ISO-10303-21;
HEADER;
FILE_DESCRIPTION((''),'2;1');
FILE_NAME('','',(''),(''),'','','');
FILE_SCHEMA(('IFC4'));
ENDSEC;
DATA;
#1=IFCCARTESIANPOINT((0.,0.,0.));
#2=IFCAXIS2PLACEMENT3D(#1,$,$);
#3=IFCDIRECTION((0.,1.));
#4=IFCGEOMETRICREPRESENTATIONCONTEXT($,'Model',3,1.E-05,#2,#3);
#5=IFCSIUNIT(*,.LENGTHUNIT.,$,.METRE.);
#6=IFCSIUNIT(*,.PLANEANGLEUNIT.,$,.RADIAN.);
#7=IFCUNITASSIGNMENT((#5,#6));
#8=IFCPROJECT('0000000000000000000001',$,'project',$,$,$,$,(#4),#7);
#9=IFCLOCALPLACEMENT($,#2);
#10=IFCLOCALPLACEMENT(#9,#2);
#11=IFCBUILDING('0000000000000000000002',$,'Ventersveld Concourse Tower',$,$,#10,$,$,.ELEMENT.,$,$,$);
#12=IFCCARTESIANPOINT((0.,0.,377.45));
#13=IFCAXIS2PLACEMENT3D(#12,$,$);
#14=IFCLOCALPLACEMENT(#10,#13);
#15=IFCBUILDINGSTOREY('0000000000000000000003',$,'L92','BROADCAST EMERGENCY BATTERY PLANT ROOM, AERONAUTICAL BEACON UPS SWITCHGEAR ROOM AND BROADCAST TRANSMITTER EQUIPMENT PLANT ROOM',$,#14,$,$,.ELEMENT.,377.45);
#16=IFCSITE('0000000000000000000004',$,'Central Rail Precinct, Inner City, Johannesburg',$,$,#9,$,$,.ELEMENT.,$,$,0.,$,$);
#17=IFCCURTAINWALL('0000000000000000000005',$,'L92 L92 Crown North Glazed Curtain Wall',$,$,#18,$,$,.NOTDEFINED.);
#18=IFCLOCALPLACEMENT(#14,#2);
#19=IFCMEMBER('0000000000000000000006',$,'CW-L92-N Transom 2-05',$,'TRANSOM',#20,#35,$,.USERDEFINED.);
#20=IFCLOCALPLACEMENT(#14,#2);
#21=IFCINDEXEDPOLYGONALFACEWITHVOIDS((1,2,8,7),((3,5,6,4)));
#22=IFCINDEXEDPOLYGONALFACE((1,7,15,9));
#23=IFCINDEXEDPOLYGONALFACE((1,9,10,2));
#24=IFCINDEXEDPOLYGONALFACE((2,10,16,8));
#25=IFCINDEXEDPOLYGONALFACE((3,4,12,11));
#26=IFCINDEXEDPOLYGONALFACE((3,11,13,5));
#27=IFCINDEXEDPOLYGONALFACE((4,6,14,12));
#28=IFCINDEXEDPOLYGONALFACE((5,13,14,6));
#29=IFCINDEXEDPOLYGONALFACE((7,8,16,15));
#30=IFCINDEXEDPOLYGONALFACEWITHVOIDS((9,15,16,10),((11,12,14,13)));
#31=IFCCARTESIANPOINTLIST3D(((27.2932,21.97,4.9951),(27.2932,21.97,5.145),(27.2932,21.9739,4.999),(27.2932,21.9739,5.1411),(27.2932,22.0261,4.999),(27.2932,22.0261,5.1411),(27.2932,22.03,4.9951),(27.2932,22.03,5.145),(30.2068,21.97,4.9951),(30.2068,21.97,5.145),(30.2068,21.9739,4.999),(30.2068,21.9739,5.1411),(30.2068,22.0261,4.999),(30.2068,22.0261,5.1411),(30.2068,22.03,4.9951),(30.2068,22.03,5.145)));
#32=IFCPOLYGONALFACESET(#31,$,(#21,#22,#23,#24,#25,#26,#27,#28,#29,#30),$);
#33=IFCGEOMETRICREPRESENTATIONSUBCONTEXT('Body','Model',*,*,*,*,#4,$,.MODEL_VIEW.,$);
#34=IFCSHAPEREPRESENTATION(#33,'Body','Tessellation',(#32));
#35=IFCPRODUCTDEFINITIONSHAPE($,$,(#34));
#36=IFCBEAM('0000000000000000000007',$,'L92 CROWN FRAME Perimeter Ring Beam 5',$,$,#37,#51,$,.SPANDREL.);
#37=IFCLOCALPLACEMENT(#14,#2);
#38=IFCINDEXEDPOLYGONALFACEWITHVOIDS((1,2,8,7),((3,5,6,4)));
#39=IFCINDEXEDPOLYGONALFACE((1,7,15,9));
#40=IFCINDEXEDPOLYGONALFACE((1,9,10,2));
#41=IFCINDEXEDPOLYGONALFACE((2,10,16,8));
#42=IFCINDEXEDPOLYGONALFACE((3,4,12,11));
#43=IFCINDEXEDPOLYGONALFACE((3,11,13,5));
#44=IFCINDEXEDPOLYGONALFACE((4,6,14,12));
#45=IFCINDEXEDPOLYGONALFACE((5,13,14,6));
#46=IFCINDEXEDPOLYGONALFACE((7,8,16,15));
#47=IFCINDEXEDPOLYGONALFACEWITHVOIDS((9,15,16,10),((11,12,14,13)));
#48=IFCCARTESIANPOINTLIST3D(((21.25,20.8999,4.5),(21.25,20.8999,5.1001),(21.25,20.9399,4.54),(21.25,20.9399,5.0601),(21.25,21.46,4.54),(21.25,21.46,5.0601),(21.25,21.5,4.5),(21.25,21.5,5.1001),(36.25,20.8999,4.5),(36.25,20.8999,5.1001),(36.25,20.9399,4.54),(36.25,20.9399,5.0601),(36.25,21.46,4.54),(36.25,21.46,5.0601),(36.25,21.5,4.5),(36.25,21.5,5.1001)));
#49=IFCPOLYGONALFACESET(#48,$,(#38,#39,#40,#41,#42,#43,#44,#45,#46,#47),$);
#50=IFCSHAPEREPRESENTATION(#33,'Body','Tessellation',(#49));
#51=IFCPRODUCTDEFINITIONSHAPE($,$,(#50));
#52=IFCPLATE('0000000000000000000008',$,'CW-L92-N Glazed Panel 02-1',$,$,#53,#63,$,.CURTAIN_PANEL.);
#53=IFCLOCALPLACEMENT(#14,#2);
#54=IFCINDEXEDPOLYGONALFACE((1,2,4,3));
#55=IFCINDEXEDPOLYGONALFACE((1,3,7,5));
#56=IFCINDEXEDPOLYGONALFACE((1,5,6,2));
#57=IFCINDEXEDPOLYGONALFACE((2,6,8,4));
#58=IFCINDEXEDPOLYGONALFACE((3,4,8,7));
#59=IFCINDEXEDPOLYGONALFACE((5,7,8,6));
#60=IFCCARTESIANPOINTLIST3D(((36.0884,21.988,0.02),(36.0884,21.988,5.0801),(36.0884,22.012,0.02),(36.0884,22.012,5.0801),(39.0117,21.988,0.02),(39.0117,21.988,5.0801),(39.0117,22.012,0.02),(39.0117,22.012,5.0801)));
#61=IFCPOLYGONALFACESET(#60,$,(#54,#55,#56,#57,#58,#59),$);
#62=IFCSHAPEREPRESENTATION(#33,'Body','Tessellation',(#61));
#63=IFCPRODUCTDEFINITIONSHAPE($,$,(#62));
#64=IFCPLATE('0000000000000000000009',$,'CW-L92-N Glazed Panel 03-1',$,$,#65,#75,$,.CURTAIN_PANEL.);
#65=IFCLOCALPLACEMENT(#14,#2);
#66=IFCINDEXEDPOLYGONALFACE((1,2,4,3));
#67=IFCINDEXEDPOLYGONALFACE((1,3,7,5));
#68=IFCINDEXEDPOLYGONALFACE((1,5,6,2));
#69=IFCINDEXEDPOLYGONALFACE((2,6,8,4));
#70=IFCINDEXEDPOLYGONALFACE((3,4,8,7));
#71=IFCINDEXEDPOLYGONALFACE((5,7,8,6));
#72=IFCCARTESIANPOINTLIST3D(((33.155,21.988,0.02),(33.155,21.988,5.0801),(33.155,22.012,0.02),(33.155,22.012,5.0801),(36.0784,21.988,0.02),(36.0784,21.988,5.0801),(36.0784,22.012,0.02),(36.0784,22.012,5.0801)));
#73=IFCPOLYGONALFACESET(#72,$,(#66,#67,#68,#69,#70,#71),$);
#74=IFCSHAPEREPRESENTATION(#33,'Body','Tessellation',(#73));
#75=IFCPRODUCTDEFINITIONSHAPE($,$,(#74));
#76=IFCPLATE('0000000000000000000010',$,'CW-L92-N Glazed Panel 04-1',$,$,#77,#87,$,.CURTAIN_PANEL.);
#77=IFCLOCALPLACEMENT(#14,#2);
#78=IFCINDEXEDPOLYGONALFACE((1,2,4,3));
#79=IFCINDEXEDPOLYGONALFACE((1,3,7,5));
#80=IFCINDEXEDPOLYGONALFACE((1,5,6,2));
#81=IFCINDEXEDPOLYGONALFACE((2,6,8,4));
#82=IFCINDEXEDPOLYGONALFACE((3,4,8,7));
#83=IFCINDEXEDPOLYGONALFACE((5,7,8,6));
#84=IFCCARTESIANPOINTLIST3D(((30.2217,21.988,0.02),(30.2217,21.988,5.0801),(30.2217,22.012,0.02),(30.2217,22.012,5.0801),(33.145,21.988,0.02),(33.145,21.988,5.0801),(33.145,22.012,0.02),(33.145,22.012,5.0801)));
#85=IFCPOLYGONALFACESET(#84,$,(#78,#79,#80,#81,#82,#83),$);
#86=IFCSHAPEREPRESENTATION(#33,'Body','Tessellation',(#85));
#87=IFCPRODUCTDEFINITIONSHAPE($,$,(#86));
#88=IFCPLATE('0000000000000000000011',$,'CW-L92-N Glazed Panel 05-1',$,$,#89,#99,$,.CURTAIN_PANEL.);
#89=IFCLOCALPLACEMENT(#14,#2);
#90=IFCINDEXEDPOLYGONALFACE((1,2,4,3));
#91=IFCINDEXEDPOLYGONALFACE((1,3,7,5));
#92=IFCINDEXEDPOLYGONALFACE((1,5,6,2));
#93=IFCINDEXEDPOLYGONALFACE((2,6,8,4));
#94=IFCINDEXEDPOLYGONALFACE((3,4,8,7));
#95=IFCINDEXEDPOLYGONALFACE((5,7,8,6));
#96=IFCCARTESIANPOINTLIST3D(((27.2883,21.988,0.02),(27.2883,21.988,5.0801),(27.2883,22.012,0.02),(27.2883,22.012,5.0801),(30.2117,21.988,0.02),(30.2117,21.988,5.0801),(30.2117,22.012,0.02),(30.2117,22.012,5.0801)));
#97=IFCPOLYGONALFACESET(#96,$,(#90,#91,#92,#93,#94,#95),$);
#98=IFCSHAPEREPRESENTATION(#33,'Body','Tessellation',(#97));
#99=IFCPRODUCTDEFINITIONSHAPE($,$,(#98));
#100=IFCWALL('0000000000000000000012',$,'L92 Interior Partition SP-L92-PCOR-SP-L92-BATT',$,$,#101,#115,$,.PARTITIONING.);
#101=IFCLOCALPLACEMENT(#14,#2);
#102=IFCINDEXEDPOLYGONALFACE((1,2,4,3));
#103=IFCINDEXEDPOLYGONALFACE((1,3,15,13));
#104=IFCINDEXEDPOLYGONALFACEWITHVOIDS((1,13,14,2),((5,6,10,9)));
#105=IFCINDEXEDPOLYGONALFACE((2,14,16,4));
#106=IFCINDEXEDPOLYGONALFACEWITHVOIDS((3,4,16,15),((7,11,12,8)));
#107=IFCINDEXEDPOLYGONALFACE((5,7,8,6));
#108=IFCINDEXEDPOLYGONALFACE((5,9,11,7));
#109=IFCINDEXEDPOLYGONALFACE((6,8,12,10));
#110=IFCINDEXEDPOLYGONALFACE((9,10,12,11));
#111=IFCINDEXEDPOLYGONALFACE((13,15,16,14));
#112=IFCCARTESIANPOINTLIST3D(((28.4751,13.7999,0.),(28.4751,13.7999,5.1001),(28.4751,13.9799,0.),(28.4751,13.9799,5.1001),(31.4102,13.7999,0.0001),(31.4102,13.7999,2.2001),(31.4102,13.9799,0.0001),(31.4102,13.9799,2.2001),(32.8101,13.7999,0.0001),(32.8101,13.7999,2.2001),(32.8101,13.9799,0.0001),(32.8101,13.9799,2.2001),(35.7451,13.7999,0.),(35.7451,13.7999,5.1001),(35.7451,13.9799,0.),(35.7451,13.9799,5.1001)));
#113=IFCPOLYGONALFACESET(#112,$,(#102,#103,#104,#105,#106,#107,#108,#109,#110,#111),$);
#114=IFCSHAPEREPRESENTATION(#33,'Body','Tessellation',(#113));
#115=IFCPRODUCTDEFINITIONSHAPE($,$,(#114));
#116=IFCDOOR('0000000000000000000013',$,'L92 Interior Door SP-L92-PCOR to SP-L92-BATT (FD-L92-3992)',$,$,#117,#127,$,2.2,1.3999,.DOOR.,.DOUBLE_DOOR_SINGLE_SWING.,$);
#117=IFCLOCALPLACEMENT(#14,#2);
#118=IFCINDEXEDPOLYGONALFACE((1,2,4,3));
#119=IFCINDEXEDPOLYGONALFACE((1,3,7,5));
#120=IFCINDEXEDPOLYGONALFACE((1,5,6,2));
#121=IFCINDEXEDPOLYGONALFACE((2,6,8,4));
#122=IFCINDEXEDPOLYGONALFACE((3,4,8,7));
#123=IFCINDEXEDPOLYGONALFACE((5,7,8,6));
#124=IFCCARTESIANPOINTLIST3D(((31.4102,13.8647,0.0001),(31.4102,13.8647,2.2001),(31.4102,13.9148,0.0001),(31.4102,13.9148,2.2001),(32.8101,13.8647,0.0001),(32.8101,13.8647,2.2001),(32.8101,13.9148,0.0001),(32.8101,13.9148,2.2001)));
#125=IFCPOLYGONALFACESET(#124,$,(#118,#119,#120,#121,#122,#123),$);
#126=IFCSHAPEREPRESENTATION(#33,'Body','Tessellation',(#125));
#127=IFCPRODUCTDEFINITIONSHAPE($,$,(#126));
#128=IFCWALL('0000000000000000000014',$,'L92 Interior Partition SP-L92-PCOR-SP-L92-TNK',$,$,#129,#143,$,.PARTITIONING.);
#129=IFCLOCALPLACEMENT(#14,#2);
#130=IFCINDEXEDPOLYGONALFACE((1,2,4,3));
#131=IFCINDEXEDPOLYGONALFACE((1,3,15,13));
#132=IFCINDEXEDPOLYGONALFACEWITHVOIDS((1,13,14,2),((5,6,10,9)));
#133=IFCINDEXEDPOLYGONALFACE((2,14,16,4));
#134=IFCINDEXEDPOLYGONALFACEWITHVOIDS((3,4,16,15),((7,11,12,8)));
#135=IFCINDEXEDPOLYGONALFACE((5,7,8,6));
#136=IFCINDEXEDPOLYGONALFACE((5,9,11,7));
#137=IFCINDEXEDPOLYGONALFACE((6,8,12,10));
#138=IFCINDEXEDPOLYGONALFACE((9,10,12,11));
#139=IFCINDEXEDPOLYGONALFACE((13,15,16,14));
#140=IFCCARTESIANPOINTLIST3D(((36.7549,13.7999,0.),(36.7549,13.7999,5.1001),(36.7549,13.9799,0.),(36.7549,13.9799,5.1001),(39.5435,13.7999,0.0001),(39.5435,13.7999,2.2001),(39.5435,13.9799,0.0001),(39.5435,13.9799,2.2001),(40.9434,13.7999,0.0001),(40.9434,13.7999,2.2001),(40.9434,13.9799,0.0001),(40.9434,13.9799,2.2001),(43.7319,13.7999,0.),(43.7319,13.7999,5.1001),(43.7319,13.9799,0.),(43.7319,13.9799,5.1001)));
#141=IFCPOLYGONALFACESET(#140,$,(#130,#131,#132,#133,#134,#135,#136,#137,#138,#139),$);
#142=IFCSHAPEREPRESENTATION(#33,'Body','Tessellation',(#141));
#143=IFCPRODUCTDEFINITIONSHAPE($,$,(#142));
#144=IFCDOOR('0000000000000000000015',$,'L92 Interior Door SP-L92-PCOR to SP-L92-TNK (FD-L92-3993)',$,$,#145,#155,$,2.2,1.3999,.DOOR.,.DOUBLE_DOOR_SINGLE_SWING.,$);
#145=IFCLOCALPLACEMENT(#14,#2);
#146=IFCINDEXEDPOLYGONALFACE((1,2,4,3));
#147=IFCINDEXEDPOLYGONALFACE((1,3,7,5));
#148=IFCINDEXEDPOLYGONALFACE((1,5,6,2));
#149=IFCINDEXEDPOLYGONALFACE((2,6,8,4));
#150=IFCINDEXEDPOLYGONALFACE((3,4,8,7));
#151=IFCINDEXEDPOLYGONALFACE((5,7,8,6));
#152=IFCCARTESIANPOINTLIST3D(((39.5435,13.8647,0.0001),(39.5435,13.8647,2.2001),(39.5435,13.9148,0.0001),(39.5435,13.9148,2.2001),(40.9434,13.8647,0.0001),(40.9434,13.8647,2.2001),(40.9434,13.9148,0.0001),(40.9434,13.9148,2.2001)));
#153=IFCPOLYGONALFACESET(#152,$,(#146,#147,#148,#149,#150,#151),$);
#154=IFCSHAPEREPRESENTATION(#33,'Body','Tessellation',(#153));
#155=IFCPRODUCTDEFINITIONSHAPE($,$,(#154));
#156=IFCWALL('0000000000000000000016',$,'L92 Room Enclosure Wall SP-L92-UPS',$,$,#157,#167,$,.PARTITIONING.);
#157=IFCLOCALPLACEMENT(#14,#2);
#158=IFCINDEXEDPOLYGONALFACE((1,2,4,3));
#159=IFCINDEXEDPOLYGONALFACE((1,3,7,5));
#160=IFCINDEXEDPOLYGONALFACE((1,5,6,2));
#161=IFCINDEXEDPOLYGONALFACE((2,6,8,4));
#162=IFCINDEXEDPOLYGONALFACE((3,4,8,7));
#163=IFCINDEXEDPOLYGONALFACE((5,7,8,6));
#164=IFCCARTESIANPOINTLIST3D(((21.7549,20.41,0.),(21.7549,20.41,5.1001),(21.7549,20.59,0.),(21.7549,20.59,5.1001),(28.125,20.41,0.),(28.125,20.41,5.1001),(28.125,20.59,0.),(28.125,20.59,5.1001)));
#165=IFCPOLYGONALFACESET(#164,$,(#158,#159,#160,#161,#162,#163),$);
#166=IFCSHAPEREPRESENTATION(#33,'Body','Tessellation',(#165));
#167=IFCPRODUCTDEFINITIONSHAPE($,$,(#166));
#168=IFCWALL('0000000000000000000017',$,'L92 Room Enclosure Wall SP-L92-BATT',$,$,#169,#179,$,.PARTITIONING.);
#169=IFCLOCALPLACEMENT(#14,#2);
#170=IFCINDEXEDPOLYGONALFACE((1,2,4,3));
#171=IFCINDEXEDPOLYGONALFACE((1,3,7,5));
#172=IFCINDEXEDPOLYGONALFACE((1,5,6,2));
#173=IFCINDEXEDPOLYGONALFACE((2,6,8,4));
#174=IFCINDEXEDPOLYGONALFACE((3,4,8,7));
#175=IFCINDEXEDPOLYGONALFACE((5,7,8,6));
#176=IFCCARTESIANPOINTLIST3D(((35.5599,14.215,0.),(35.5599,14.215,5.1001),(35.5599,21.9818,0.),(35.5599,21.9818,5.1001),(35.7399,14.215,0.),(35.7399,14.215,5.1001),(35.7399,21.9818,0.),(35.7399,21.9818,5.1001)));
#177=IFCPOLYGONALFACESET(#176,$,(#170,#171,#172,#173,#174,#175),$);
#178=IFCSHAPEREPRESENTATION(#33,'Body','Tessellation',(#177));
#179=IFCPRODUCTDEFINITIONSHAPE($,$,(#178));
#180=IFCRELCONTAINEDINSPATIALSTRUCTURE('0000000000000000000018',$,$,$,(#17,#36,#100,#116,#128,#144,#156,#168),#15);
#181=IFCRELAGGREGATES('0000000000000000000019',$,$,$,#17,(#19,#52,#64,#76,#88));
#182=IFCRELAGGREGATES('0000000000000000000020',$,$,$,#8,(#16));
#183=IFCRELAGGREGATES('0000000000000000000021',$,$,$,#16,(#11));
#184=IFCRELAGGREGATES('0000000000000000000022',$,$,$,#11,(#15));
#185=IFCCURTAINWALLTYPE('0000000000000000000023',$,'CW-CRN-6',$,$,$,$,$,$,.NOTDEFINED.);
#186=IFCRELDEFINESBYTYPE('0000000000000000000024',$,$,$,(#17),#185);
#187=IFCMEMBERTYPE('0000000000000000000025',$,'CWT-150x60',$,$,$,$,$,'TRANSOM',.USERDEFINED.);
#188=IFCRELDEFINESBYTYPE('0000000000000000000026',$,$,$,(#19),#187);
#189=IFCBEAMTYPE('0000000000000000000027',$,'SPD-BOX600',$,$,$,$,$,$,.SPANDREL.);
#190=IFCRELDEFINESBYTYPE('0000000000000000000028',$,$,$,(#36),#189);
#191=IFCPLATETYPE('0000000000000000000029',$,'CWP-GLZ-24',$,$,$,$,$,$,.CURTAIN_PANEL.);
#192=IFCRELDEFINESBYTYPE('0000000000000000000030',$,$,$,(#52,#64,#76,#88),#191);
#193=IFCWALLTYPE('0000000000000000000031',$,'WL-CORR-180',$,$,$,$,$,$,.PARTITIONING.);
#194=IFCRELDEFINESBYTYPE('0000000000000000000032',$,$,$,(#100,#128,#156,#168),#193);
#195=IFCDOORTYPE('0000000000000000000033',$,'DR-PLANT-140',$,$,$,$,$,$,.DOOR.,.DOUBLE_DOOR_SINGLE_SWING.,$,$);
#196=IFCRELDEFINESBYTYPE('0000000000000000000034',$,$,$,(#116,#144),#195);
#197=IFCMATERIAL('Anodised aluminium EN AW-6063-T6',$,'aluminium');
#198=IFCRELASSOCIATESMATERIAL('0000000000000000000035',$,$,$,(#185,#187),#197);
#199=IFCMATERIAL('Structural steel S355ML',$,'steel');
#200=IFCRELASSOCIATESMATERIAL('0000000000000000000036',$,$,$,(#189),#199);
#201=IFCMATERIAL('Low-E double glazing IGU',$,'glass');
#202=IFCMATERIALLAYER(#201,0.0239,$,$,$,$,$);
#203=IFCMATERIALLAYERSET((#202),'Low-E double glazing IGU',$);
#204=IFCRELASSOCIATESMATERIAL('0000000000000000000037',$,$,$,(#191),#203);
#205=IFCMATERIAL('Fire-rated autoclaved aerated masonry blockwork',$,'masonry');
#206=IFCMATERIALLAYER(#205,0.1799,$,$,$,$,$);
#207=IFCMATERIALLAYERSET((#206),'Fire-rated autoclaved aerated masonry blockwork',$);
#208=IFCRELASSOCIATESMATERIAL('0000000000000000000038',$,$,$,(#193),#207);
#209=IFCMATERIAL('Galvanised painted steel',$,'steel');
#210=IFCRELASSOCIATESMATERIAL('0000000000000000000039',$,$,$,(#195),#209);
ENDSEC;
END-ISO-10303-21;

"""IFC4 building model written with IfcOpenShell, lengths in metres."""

from ifc_helpers import new_model, si_unit, direction, frame, frame_2d, origin, origin_2d, place, context, subcontext, project, spatial, rectangle, hollow_rectangle, extrude, material, layer, layer_set, material_profile, profile_set, type_object, element, fill, aggregate, save


model = new_model("IFC4")

# Units and contexts
model_context = context("Model", 3, precision=1e-05, world=origin(), true_north=direction((0.0, 1.0)))
body_context = subcontext(model_context, "Body", "Model", "MODEL_VIEW")
ifc_project = project(units=[si_unit("LENGTHUNIT", "METRE"), si_unit("PLANEANGLEUNIT", "RADIAN")], contexts=[model_context])

# Site, building, storey
site_placement = place(None, origin())
site = spatial("IfcSite", under=ifc_project, at=site_placement, Name="Central Rail Precinct, Inner City, Johannesburg", CompositionType="ELEMENT", RefElevation=0.0)
building_placement = place(site_placement, origin())
building = spatial("IfcBuilding", under=site, at=building_placement, Name="Ventersveld Concourse Tower", CompositionType="ELEMENT")
storey_placement = place(building_placement, frame((0.0, 0.0, 377.45)))
storey = spatial("IfcBuildingStorey", under=building, at=storey_placement, Name="L92", Description="BROADCAST EMERGENCY BATTERY PLANT ROOM, AERONAUTICAL BEACON UPS SWITCHGEAR ROOM AND BROADCAST TRANSMITTER EQUIPMENT PLANT ROOM", CompositionType="ELEMENT", Elevation=377.45)

# Shared definitions
ifc_material_1 = material(Name="Structural steel S355ML", Category="steel")

# Curtain wall, member
ifc_material_2 = material(Name="Anodised aluminium EN AW-6063-T6", Category="aluminium")
curtain_wall_type = type_object("IfcCurtainWallType", Name="CW-CRN-6", PredefinedType="NOTDEFINED", material=ifc_material_2)
curtain_wall_placement = place(storey_placement, origin())
curtain_wall = element("IfcCurtainWall", 1, at=curtain_wall_placement, inside=storey, type_object=curtain_wall_type, Name="L92 L92 Crown North Glazed Curtain Wall", PredefinedType="NOTDEFINED")
ifc_material_profile_1 = material_profile(ifc_material_2, hollow_rectangle(XDim=0.0601, YDim=0.1499, WallThickness=0.0039, at=origin_2d()), Name="ALU 150x60x4")
ifc_profile_set_1 = profile_set([ifc_material_profile_1], Name="Anodised aluminium EN AW-6063-T6")
member_type_1 = type_object("IfcMemberType", Name="CWT-150x60", ElementType="TRANSOM", PredefinedType="USERDEFINED", material=ifc_profile_set_1)
member_1_placement = place(storey_placement, frame((30.2068, 22.0, 5.0701), z_axis=(-1.0, 0.0, 0.0), x_axis=(0.0, -1.0, 0.0)))
member_1 = element("IfcMember", 2, at=member_1_placement, type_object=member_type_1, Name="CW-L92-N Transom 2-05", ObjectType="TRANSOM", PredefinedType="USERDEFINED", context=body_context, shape_type="SweptSolid", body=[
    extrude(hollow_rectangle(XDim=0.0601, YDim=0.1499, WallThickness=0.0039, at=origin_2d()), origin(), (0.0, 0.0, 1.0), 2.9136),
])

# Beam
ifc_material_profile_2 = material_profile(ifc_material_1, hollow_rectangle(XDim=0.6001, YDim=0.6001, WallThickness=0.04, at=origin_2d()), Name="BOX 600x600x40")
ifc_profile_set_2 = profile_set([ifc_material_profile_2], Name="Structural steel S355ML")
beam_type = type_object("IfcBeamType", Name="SPD-BOX600", PredefinedType="SPANDREL", material=ifc_profile_set_2)
beam_placement = place(storey_placement, frame((36.25, 21.2, 4.8), z_axis=(-1.0, 0.0, 0.0), x_axis=(0.0, -1.0, 0.0)))
element("IfcBeam", 3, at=beam_placement, inside=storey, type_object=beam_type, Name="L92 CROWN FRAME Perimeter Ring Beam 5", PredefinedType="SPANDREL", context=body_context, shape_type="SweptSolid", body=[
    extrude(hollow_rectangle(XDim=0.6001, YDim=0.6001, WallThickness=0.04, at=origin_2d()), origin(), (0.0, 0.0, 1.0), 15.0),
])

# Plates
ifc_material_3 = material(Name="Low-E double glazing IGU", Category="glass")
ifc_layer_1 = layer(ifc_material_3, 0.0239)
ifc_layer_set_1 = layer_set([ifc_layer_1], Name="Low-E double glazing IGU")
plate_type = type_object("IfcPlateType", Name="CWP-GLZ-24", PredefinedType="CURTAIN_PANEL", material=ifc_layer_set_1)
plate_1_placement = place(storey_placement, frame((37.55, 22.0, 0.02), z_axis=(0.0, 0.0, 1.0), x_axis=(-1.0, 0.0, 0.0)))
plate_1 = element("IfcPlate", 4, at=plate_1_placement, type_object=plate_type, Name="CW-L92-N Glazed Panel 02-1", PredefinedType="CURTAIN_PANEL", context=body_context, shape_type="SweptSolid", body=[
    extrude(rectangle(XDim=2.9233, YDim=0.0239, at=origin_2d()), origin(), (0.0, 0.0, 1.0), 5.0601),
])
plate_2_placement = place(storey_placement, frame((34.6167, 22.0, 0.02), z_axis=(0.0, 0.0, 1.0), x_axis=(-1.0, 0.0, 0.0)))
plate_2 = element("IfcPlate", 5, at=plate_2_placement, type_object=plate_type, Name="CW-L92-N Glazed Panel 03-1", PredefinedType="CURTAIN_PANEL", context=body_context, shape_type="SweptSolid", body=[
    extrude(rectangle(XDim=2.9233, YDim=0.0239, at=origin_2d()), origin(), (0.0, 0.0, 1.0), 5.0601),
])
plate_3_placement = place(storey_placement, frame((31.6833, 22.0, 0.02), z_axis=(0.0, 0.0, 1.0), x_axis=(-1.0, 0.0, 0.0)))
plate_3 = element("IfcPlate", 6, at=plate_3_placement, type_object=plate_type, Name="CW-L92-N Glazed Panel 04-1", PredefinedType="CURTAIN_PANEL", context=body_context, shape_type="SweptSolid", body=[
    extrude(rectangle(XDim=2.9233, YDim=0.0239, at=origin_2d()), origin(), (0.0, 0.0, 1.0), 5.0601),
])
plate_4_placement = place(storey_placement, frame((28.75, 22.0, 0.02), z_axis=(0.0, 0.0, 1.0), x_axis=(-1.0, 0.0, 0.0)))
plate_4 = element("IfcPlate", 7, at=plate_4_placement, type_object=plate_type, Name="CW-L92-N Glazed Panel 05-1", PredefinedType="CURTAIN_PANEL", context=body_context, shape_type="SweptSolid", body=[
    extrude(rectangle(XDim=2.9233, YDim=0.0239, at=origin_2d()), origin(), (0.0, 0.0, 1.0), 5.0601),
])
aggregate(curtain_wall, [member_1, plate_1, plate_2, plate_3, plate_4])

# Walls, openings, doors
ifc_material_4 = material(Name="Fire-rated autoclaved aerated masonry blockwork", Category="masonry")
ifc_layer_2 = layer(ifc_material_4, 0.1799)
ifc_layer_set_2 = layer_set([ifc_layer_2], Name="Fire-rated autoclaved aerated masonry blockwork")
wall_type_1 = type_object("IfcWallType", Name="WL-CORR-180", PredefinedType="PARTITIONING", material=ifc_layer_set_2)
wall_1_placement = place(storey_placement, frame((28.4751, 13.8899, 0.0), z_axis=(0.0, 0.0, 1.0), x_axis=(1.0, 0.0, 0.0)))
wall_1 = element("IfcWall", 8, at=wall_1_placement, inside=storey, type_object=wall_type_1, Name="L92 Interior Partition SP-L92-PCOR-SP-L92-BATT", PredefinedType="PARTITIONING", context=body_context, shape_type="SweptSolid", body=[
    extrude(rectangle(XDim=7.27, YDim=0.1799, at=frame_2d((3.635, 0.0))), origin(), (0.0, 0.0, 1.0), 5.1001),
])
opening_1_placement = place(wall_1_placement, frame((2.9351, 0.0, 0.0)))
opening_1 = element("IfcOpeningElement", 9, at=opening_1_placement, cuts=wall_1, PredefinedType="OPENING", context=body_context, shape_type="SweptSolid", body=[
    extrude(rectangle(XDim=1.3999, YDim=2.2, at=frame_2d((0.7, 1.1001))), frame((0.0, 0.1001, 0.0), z_axis=(0.0, -1.0, 0.0), x_axis=(1.0, 0.0, 0.0)), (0.0, 0.0, 1.0), 0.2),
])
ifc_material_5 = material(Name="Galvanised painted steel", Category="steel")
door_type = type_object("IfcDoorType", Name="DR-PLANT-140", OperationType="DOUBLE_DOOR_SINGLE_SWING", PredefinedType="DOOR", material=ifc_material_5)
door_1_placement = place(opening_1_placement, origin())
door_1 = element("IfcDoor", 10, at=door_1_placement, inside=storey, type_object=door_type, Name="L92 Interior Door SP-L92-PCOR to SP-L92-BATT (FD-L92-3992)", OperationType="DOUBLE_DOOR_SINGLE_SWING", OverallHeight=2.2, OverallWidth=1.3999, PredefinedType="DOOR", context=body_context, shape_type="SweptSolid", body=[
    extrude(rectangle(XDim=1.3999, YDim=2.2, at=frame_2d((0.7, 1.1001))), frame((0.0, 0.0249, 0.0), z_axis=(0.0, -1.0, 0.0), x_axis=(1.0, 0.0, 0.0)), (0.0, 0.0, 1.0), 0.05),
])
fill(opening_1, door_1)
wall_2_placement = place(storey_placement, frame((36.7549, 13.8899, 0.0), z_axis=(0.0, 0.0, 1.0), x_axis=(1.0, 0.0, 0.0)))
wall_2 = element("IfcWall", 11, at=wall_2_placement, inside=storey, type_object=wall_type_1, Name="L92 Interior Partition SP-L92-PCOR-SP-L92-TNK", PredefinedType="PARTITIONING", context=body_context, shape_type="SweptSolid", body=[
    extrude(rectangle(XDim=6.9771, YDim=0.1799, at=frame_2d((3.4885, 0.0))), origin(), (0.0, 0.0, 1.0), 5.1001),
])
opening_2_placement = place(wall_2_placement, frame((2.7886, 0.0, 0.0)))
opening_2 = element("IfcOpeningElement", 12, at=opening_2_placement, cuts=wall_2, PredefinedType="OPENING", context=body_context, shape_type="SweptSolid", body=[
    extrude(rectangle(XDim=1.3999, YDim=2.2, at=frame_2d((0.7, 1.1001))), frame((0.0, 0.1001, 0.0), z_axis=(0.0, -1.0, 0.0), x_axis=(1.0, 0.0, 0.0)), (0.0, 0.0, 1.0), 0.2),
])
door_2_placement = place(opening_2_placement, origin())
door_2 = element("IfcDoor", 13, at=door_2_placement, inside=storey, type_object=door_type, Name="L92 Interior Door SP-L92-PCOR to SP-L92-TNK (FD-L92-3993)", OperationType="DOUBLE_DOOR_SINGLE_SWING", OverallHeight=2.2, OverallWidth=1.3999, PredefinedType="DOOR", context=body_context, shape_type="SweptSolid", body=[
    extrude(rectangle(XDim=1.3999, YDim=2.2, at=frame_2d((0.7, 1.1001))), frame((0.0, 0.0249, 0.0), z_axis=(0.0, -1.0, 0.0), x_axis=(1.0, 0.0, 0.0)), (0.0, 0.0, 1.0), 0.05),
])
fill(opening_2, door_2)

# Walls
wall_3_placement = place(storey_placement, frame((28.125, 20.5, 0.0), z_axis=(0.0, 0.0, 1.0), x_axis=(-1.0, 0.0, 0.0)))
element("IfcWall", 14, at=wall_3_placement, inside=storey, type_object=wall_type_1, Name="L92 Room Enclosure Wall SP-L92-UPS", PredefinedType="PARTITIONING", context=body_context, shape_type="SweptSolid", body=[
    extrude(rectangle(XDim=6.3701, YDim=0.1799, at=frame_2d((3.1851, 0.0))), origin(), (0.0, 0.0, 1.0), 5.1001),
])
wall_4_placement = place(storey_placement, frame((35.6499, 14.2151, 0.0), z_axis=(0.0, 0.0, 1.0), x_axis=(0.0, 1.0, 0.0)))
element("IfcWall", 15, at=wall_4_placement, inside=storey, type_object=wall_type_1, Name="L92 Room Enclosure Wall SP-L92-BATT", PredefinedType="PARTITIONING", context=body_context, shape_type="SweptSolid", body=[
    extrude(rectangle(XDim=7.7668, YDim=0.1799, at=frame_2d((3.8833, 0.0))), origin(), (0.0, 0.0, 1.0), 5.1001),
])

save(model, "model.ifc")
